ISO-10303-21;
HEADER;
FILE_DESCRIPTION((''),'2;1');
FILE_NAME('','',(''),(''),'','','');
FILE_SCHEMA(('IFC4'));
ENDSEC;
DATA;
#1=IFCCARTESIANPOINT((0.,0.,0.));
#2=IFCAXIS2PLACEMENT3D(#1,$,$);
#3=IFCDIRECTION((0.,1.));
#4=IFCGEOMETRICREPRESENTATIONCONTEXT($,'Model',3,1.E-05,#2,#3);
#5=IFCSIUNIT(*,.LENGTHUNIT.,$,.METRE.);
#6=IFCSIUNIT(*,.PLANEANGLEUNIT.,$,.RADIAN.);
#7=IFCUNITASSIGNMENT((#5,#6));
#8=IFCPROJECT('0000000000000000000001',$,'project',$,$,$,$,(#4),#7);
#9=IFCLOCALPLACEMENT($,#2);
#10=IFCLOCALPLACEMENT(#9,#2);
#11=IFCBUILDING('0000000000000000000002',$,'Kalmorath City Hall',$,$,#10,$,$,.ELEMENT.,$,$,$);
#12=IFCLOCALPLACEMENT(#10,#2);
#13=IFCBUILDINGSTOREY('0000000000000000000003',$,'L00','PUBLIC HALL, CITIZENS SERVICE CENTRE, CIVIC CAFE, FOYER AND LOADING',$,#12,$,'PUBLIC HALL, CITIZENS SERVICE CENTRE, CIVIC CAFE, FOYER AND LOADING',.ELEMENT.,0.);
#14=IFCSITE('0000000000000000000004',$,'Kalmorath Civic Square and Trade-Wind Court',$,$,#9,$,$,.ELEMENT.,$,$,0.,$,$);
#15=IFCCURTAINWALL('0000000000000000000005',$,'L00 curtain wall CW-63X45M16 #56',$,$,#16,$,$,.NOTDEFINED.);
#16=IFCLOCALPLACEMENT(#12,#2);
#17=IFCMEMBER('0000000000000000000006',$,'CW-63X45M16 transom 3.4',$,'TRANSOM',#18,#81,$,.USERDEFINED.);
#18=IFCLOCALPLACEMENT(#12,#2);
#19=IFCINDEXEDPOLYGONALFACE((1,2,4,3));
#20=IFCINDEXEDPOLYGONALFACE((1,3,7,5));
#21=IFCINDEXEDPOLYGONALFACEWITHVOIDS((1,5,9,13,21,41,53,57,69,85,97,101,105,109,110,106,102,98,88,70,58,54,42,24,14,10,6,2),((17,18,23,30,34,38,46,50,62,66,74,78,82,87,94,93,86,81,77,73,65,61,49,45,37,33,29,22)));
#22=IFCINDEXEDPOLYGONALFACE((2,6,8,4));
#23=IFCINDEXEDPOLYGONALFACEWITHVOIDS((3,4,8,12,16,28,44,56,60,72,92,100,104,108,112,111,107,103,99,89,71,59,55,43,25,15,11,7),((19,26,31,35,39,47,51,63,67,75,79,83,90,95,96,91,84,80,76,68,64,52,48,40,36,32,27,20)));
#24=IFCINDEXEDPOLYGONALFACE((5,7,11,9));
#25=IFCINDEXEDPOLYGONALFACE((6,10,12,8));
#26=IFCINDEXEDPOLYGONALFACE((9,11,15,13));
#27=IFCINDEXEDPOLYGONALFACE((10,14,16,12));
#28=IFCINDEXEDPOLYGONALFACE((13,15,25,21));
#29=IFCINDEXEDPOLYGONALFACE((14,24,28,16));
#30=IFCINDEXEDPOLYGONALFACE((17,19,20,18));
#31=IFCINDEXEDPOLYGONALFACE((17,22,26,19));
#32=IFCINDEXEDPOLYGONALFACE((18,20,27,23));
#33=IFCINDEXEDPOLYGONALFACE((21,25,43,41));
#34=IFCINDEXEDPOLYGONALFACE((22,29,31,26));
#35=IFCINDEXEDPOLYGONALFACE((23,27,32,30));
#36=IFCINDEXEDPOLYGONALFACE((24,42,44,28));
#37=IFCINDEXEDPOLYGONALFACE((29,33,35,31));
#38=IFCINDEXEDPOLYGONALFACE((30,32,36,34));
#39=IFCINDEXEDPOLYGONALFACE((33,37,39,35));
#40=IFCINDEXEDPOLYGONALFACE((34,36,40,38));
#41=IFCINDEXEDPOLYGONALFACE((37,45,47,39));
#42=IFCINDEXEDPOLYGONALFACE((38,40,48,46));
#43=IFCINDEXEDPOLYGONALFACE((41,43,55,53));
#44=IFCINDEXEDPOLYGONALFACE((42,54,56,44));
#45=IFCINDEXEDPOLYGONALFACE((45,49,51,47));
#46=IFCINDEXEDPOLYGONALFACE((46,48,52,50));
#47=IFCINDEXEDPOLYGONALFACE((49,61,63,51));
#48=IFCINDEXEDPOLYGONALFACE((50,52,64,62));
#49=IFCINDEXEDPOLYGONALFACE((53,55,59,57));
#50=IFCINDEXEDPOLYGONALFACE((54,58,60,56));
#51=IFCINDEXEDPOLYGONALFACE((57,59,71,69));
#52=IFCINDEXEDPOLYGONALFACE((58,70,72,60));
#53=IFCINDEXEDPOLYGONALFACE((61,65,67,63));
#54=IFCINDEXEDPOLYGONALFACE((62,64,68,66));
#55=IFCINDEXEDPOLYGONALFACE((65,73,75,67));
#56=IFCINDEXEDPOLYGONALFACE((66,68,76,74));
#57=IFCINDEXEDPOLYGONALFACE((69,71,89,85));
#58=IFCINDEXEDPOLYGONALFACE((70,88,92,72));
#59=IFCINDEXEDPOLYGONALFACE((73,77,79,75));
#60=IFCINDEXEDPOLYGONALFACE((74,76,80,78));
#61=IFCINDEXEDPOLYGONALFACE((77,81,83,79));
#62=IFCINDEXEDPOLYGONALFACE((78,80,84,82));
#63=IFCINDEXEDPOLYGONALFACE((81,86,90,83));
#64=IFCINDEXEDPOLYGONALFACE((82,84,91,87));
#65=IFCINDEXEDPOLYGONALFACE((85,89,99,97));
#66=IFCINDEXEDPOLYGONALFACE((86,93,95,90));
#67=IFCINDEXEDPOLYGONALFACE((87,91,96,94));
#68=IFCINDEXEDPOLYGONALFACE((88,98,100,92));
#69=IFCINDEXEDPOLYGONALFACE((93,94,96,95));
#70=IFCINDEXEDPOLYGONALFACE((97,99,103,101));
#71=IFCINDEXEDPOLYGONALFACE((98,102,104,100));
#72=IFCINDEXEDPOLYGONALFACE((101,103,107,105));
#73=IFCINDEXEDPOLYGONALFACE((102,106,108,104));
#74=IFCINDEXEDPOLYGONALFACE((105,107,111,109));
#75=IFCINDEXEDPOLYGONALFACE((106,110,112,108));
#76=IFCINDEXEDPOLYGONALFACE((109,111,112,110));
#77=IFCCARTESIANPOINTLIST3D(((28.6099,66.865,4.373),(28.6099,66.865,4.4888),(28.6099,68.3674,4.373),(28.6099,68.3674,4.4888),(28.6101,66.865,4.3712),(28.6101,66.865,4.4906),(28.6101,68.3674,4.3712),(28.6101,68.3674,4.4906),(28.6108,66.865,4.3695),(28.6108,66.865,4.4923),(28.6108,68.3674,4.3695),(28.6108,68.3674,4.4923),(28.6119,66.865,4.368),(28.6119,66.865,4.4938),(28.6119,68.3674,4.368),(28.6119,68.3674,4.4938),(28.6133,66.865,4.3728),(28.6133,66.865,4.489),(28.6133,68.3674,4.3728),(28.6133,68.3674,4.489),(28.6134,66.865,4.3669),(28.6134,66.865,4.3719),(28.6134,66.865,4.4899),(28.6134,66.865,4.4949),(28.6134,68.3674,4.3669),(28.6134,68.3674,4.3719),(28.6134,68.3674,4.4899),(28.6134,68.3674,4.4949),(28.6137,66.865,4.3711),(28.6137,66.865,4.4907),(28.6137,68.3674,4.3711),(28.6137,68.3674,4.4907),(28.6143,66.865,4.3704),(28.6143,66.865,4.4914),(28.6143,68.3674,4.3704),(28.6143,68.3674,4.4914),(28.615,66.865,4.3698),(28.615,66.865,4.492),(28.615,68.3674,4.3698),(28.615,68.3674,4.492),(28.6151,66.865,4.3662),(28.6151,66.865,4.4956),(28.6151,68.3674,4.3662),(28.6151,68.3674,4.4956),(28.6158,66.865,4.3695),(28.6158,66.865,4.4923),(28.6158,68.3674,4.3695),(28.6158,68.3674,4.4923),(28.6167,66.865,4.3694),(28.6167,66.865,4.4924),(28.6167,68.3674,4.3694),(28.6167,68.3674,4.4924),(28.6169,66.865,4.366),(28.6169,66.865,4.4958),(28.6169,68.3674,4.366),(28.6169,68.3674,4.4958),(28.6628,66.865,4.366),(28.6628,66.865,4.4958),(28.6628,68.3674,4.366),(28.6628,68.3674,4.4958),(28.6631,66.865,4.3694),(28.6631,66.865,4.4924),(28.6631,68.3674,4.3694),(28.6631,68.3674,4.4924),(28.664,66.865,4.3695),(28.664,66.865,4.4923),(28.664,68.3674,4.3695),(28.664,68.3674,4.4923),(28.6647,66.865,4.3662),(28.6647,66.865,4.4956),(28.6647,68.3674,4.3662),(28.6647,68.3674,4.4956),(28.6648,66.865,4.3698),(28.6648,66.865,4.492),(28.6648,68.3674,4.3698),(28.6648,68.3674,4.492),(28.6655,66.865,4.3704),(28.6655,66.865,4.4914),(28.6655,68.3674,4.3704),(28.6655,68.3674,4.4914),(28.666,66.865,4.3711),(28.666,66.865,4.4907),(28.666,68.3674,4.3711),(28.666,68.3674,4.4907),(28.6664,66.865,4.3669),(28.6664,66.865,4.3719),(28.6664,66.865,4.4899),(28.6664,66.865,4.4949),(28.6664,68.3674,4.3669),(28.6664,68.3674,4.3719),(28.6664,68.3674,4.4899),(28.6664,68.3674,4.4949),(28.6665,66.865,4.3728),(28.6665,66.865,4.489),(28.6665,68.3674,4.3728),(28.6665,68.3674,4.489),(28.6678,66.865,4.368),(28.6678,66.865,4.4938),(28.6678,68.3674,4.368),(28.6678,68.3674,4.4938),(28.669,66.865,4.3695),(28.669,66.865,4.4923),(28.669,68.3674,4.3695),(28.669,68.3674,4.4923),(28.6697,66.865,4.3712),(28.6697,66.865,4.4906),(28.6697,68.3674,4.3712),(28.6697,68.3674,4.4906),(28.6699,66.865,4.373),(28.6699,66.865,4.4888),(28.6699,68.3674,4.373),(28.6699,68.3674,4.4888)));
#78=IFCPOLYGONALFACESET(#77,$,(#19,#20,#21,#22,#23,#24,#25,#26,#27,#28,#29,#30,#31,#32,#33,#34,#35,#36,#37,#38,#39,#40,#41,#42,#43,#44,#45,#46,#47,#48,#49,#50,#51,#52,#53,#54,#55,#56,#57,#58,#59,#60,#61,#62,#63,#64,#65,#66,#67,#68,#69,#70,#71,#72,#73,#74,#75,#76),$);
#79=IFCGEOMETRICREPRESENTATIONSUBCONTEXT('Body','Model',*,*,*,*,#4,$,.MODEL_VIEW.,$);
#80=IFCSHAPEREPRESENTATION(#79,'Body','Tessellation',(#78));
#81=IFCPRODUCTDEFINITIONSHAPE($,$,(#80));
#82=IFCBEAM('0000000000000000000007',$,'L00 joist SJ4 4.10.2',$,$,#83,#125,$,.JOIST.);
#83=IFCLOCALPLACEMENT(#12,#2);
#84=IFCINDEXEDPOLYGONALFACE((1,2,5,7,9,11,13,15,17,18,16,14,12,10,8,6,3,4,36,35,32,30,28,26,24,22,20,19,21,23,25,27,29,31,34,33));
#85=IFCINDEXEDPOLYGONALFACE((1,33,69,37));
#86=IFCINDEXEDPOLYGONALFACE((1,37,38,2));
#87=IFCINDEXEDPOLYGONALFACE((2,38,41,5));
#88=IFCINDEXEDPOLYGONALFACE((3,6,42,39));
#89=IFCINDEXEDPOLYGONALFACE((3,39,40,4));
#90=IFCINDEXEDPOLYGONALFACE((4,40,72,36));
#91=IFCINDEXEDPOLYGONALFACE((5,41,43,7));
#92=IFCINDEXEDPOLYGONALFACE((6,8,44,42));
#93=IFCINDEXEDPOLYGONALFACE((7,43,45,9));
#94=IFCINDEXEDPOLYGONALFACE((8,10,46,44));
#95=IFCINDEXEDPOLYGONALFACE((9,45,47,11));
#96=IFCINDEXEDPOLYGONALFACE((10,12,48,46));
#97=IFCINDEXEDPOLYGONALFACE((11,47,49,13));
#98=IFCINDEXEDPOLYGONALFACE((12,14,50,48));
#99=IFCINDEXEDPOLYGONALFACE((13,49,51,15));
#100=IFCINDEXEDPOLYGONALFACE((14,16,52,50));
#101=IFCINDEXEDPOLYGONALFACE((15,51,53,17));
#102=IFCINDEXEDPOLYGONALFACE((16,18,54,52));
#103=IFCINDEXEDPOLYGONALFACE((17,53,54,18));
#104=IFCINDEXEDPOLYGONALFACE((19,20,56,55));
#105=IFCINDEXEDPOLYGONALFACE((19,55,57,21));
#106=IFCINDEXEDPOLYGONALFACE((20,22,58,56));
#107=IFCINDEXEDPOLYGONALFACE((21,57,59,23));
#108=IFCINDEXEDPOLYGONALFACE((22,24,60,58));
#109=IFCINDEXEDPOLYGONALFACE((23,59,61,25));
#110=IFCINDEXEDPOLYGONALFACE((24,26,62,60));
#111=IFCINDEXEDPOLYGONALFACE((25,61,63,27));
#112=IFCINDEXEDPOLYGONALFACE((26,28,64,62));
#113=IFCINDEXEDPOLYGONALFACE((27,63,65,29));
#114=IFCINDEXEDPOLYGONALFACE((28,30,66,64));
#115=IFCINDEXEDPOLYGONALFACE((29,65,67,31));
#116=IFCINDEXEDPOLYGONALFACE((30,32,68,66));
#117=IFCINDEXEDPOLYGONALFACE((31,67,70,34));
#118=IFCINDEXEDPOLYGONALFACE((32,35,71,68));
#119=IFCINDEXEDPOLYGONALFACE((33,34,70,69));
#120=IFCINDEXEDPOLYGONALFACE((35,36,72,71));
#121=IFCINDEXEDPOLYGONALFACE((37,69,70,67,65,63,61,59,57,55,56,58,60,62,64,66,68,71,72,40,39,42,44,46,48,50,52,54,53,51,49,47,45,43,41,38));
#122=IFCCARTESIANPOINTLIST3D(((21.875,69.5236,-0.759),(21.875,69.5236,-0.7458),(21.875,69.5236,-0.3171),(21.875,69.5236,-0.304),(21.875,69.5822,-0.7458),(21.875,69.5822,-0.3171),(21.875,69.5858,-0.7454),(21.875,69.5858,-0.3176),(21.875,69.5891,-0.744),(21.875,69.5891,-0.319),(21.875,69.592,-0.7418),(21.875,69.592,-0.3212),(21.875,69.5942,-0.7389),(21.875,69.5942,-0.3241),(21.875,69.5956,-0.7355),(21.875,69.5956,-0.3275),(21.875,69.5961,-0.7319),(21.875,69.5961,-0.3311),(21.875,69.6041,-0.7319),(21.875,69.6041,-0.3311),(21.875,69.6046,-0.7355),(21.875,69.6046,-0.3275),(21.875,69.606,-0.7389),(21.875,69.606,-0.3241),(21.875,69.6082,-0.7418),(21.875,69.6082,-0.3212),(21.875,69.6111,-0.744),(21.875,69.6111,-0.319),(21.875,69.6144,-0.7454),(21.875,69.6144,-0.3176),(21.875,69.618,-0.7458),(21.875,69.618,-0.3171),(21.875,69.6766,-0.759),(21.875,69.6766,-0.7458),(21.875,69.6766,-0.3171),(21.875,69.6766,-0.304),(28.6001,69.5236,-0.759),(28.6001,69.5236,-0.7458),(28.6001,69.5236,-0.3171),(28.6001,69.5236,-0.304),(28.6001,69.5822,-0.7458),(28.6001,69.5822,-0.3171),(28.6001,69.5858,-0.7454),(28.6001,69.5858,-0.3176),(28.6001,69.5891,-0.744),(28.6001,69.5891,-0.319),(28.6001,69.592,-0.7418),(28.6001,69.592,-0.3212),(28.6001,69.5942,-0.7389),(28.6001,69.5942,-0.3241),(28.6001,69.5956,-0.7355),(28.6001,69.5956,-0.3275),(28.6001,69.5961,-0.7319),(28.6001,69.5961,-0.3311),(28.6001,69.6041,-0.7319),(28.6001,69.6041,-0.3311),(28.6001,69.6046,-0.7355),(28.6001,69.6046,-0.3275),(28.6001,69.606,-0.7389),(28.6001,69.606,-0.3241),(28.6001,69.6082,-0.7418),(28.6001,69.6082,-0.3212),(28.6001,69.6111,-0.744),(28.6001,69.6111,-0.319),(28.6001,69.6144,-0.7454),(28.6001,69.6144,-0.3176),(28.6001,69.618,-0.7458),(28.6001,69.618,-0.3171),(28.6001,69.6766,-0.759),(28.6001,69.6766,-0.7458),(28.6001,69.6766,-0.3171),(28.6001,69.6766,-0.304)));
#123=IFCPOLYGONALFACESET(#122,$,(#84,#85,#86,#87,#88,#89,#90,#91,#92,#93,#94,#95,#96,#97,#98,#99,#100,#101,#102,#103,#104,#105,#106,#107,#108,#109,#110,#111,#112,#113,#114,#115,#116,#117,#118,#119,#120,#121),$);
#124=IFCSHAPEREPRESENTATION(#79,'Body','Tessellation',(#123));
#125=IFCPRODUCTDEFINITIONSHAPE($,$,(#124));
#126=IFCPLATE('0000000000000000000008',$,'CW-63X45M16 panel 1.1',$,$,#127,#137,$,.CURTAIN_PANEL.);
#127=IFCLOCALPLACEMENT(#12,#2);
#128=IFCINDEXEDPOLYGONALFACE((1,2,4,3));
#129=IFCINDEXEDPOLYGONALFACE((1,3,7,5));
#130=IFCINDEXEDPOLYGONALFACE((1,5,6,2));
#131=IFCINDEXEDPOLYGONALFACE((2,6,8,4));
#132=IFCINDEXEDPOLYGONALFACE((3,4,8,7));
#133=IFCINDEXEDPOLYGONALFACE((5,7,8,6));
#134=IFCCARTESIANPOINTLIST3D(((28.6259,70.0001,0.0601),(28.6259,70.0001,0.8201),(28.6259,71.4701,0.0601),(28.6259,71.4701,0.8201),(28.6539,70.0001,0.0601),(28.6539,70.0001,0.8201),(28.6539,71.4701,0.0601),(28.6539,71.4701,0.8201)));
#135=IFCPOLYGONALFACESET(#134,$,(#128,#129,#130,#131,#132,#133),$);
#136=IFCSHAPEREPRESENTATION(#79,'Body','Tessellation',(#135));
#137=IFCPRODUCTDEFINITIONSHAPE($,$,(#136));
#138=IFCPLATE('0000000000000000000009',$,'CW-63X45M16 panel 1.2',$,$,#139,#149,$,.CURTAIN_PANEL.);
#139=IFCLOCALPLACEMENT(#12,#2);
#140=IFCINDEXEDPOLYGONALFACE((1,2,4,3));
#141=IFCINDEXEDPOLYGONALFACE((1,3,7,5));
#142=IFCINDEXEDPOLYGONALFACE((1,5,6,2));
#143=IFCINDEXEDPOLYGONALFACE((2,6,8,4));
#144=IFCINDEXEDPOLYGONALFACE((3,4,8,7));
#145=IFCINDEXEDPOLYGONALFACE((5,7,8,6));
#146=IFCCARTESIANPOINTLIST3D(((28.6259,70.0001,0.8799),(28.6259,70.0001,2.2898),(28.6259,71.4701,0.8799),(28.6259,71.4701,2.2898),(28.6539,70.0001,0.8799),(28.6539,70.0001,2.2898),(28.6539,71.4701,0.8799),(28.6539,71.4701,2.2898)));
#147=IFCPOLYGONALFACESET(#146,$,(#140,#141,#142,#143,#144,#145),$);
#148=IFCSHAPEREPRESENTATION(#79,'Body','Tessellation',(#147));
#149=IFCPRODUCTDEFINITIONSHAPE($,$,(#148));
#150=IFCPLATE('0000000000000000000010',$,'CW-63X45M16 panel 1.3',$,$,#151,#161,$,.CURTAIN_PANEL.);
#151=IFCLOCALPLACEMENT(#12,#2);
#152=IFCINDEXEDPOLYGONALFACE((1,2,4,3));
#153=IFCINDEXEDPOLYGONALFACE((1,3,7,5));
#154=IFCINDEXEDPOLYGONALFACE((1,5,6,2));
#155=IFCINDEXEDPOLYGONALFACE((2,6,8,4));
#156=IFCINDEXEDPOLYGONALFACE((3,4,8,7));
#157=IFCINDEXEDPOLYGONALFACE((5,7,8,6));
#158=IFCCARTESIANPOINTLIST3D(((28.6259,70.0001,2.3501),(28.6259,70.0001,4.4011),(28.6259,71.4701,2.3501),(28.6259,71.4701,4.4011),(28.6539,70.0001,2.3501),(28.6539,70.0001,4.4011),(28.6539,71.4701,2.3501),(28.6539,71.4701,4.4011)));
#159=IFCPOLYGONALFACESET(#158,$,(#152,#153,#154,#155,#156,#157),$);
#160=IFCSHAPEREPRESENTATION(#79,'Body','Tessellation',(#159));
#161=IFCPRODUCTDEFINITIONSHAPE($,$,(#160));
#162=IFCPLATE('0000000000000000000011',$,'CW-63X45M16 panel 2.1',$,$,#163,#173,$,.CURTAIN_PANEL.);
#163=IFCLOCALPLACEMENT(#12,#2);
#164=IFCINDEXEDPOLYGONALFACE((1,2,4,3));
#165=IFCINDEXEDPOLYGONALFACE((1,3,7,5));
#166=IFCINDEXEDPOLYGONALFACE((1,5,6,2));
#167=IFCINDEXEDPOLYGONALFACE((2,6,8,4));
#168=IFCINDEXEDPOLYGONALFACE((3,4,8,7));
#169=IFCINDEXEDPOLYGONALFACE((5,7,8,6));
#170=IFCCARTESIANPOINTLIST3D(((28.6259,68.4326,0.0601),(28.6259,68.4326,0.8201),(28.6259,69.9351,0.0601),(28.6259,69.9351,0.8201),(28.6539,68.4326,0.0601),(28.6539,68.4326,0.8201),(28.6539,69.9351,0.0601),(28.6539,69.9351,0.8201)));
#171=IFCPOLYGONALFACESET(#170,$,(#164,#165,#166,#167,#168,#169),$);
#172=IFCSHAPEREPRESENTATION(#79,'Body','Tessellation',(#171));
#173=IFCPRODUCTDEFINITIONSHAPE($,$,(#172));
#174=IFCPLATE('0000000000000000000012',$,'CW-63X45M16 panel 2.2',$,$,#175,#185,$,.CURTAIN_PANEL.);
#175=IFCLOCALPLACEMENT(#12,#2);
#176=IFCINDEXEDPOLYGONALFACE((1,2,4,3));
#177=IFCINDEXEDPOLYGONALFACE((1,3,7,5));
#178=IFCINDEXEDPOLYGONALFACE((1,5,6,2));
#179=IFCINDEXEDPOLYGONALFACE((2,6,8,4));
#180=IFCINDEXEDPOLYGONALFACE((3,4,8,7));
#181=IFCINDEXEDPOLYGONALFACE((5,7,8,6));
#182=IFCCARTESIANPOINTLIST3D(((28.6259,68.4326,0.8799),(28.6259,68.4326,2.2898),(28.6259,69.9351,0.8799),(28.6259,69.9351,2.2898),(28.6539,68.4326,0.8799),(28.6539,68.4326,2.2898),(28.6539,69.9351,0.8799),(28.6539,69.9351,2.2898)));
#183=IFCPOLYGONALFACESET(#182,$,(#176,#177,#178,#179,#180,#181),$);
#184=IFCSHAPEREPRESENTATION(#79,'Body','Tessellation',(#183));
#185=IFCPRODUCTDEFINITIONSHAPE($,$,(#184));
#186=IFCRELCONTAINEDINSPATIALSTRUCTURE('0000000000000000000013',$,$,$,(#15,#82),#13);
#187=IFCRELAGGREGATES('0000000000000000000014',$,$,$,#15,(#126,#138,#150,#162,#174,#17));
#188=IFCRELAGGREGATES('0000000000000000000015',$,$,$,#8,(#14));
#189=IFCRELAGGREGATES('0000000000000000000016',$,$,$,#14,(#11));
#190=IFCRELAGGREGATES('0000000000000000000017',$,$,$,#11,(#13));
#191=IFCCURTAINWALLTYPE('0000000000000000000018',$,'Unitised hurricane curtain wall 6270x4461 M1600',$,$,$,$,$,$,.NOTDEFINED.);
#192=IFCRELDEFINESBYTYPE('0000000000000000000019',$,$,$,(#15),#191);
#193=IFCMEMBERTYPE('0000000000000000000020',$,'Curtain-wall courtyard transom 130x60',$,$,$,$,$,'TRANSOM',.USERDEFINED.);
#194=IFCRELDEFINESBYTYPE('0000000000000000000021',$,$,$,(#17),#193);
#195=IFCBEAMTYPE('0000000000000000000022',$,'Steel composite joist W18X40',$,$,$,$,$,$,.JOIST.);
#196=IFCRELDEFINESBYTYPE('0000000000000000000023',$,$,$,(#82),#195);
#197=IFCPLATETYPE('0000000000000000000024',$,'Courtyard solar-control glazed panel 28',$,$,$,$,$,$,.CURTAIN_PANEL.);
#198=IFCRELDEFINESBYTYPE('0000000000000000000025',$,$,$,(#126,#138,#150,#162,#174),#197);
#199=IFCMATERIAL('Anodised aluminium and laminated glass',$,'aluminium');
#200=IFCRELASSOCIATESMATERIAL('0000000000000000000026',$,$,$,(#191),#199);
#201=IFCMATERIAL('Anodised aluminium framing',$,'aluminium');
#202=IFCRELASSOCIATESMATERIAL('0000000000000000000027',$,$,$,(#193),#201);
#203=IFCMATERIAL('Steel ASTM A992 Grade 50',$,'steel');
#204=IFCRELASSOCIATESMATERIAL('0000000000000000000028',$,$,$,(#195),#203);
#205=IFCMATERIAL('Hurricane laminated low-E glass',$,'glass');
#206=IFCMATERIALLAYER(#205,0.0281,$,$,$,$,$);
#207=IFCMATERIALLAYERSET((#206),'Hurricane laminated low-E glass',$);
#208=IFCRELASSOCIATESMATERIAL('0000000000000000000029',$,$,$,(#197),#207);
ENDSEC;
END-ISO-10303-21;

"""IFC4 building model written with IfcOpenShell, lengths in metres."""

from ifc_helpers import new_model, si_unit, direction, frame, origin, origin_2d, place, context, subcontext, project, spatial, rectangle, hollow_rectangle, i_section, extrude, material, layer, layer_set, material_profile, profile_set, type_object, element, aggregate, save


model = new_model("IFC4")

# Units and contexts
model_context = context("Model", 3, precision=1e-05, world=origin(), true_north=direction((0.0, 1.0)))
body_context = subcontext(model_context, "Body", "Model", "MODEL_VIEW")
ifc_project = project(units=[si_unit("LENGTHUNIT", "METRE"), si_unit("PLANEANGLEUNIT", "RADIAN")], contexts=[model_context])

# Site, building, storey
site_placement = place(None, origin())
site = spatial("IfcSite", under=ifc_project, at=site_placement, Name="Kalmorath Civic Square and Trade-Wind Court", CompositionType="ELEMENT", RefElevation=0.0)
building_placement = place(site_placement, origin())
building = spatial("IfcBuilding", under=site, at=building_placement, Name="Kalmorath City Hall", CompositionType="ELEMENT")
storey_placement = place(building_placement, origin())
storey = spatial("IfcBuildingStorey", under=building, at=storey_placement, Name="L00", Description="PUBLIC HALL, CITIZENS SERVICE CENTRE, CIVIC CAFE, FOYER AND LOADING", LongName="PUBLIC HALL, CITIZENS SERVICE CENTRE, CIVIC CAFE, FOYER AND LOADING", CompositionType="ELEMENT", Elevation=0.0)

# Curtain wall, member
ifc_material_1 = material(Name="Anodised aluminium and laminated glass", Category="aluminium")
curtain_wall_type = type_object("IfcCurtainWallType", Name="Unitised hurricane curtain wall 6270x4461 M1600", PredefinedType="NOTDEFINED", material=ifc_material_1)
curtain_wall_placement = place(storey_placement, origin())
curtain_wall = element("IfcCurtainWall", 1, at=curtain_wall_placement, inside=storey, type_object=curtain_wall_type, Name="L00 curtain wall CW-63X45M16 #56", PredefinedType="NOTDEFINED")
ifc_material_2 = material(Name="Anodised aluminium framing", Category="aluminium")
ifc_material_profile_1 = material_profile(ifc_material_2, hollow_rectangle(XDim=0.0601, YDim=0.1299, WallThickness=0.0034, InnerFilletRadius=0.0034, OuterFilletRadius=0.0071, at=origin_2d()), Name="ALU-TRN-130X60X3.5")
ifc_profile_set_1 = profile_set([ifc_material_profile_1], Name="Anodised aluminium framing")
member_type_1 = type_object("IfcMemberType", Name="Curtain-wall courtyard transom 130x60", ElementType="TRANSOM", PredefinedType="USERDEFINED", material=ifc_profile_set_1)
member_1_placement = place(storey_placement, frame((28.6399, 68.3674, 4.4309), z_axis=(0.0, -1.0, 0.0), x_axis=(1.0, 0.0, 0.0)))
member_1 = element("IfcMember", 2, at=member_1_placement, type_object=member_type_1, Name="CW-63X45M16 transom 3.4", ObjectType="TRANSOM", PredefinedType="USERDEFINED", context=body_context, shape_type="SweptSolid", body=[
    extrude(hollow_rectangle(XDim=0.0601, YDim=0.1299, WallThickness=0.0034, InnerFilletRadius=0.0034, OuterFilletRadius=0.0071, at=origin_2d()), origin(), (0.0, 0.0, 1.0), 1.5024),
])

# Beam
ifc_material_3 = material(Name="Steel ASTM A992 Grade 50", Category="steel")
ifc_material_profile_2 = material_profile(ifc_material_3, i_section(OverallWidth=0.1531, OverallDepth=0.4551, WebThickness=0.0081, FlangeThickness=0.0132, FilletRadius=0.0139, at=origin_2d()), Name="W18X40")
ifc_profile_set_2 = profile_set([ifc_material_profile_2], Name="Steel ASTM A992 Grade 50")
beam_type_1 = type_object("IfcBeamType", Name="Steel composite joist W18X40", PredefinedType="JOIST", material=ifc_profile_set_2)
beam_1_placement = place(storey_placement, frame((21.875, 69.6001, -0.5315), z_axis=(1.0, 0.0, 0.0), x_axis=(0.0, 1.0, 0.0)))
element("IfcBeam", 3, at=beam_1_placement, inside=storey, type_object=beam_type_1, Name="L00 joist SJ4 4.10.2", PredefinedType="JOIST", context=body_context, shape_type="SweptSolid", body=[
    extrude(i_section(OverallWidth=0.1531, OverallDepth=0.4551, WebThickness=0.0081, FlangeThickness=0.0132, FilletRadius=0.0139, at=origin_2d()), origin(), (0.0, 0.0, 1.0), 6.7251),
])

# Plates
ifc_material_4 = material(Name="Hurricane laminated low-E glass", Category="glass")
ifc_layer = layer(ifc_material_4, 0.0281)
ifc_layer_set = layer_set([ifc_layer], Name="Hurricane laminated low-E glass")
plate_type = type_object("IfcPlateType", Name="Courtyard solar-control glazed panel 28", PredefinedType="CURTAIN_PANEL", material=ifc_layer_set)
plate_1_placement = place(storey_placement, frame((28.6399, 70.7351, 0.0601), z_axis=(0.0, 0.0, 1.0), x_axis=(0.0, -1.0, 0.0)))
plate_1 = element("IfcPlate", 4, at=plate_1_placement, type_object=plate_type, Name="CW-63X45M16 panel 1.1", PredefinedType="CURTAIN_PANEL", context=body_context, shape_type="SweptSolid", body=[
    extrude(rectangle(XDim=1.47, YDim=0.0281, at=origin_2d()), origin(), (0.0, 0.0, 1.0), 0.76),
])
plate_2_placement = place(storey_placement, frame((28.6399, 70.7351, 0.8799), z_axis=(0.0, 0.0, 1.0), x_axis=(0.0, -1.0, 0.0)))
plate_2 = element("IfcPlate", 5, at=plate_2_placement, type_object=plate_type, Name="CW-63X45M16 panel 1.2", PredefinedType="CURTAIN_PANEL", context=body_context, shape_type="SweptSolid", body=[
    extrude(rectangle(XDim=1.47, YDim=0.0281, at=origin_2d()), origin(), (0.0, 0.0, 1.0), 1.4099),
])
plate_3_placement = place(storey_placement, frame((28.6399, 70.7351, 2.3501), z_axis=(0.0, 0.0, 1.0), x_axis=(0.0, -1.0, 0.0)))
plate_3 = element("IfcPlate", 6, at=plate_3_placement, type_object=plate_type, Name="CW-63X45M16 panel 1.3", PredefinedType="CURTAIN_PANEL", context=body_context, shape_type="SweptSolid", body=[
    extrude(rectangle(XDim=1.47, YDim=0.0281, at=origin_2d()), origin(), (0.0, 0.0, 1.0), 2.051),
])
plate_4_placement = place(storey_placement, frame((28.6399, 69.1838, 0.0601), z_axis=(0.0, 0.0, 1.0), x_axis=(0.0, -1.0, 0.0)))
plate_4 = element("IfcPlate", 7, at=plate_4_placement, type_object=plate_type, Name="CW-63X45M16 panel 2.1", PredefinedType="CURTAIN_PANEL", context=body_context, shape_type="SweptSolid", body=[
    extrude(rectangle(XDim=1.5024, YDim=0.0281, at=origin_2d()), origin(), (0.0, 0.0, 1.0), 0.76),
])
plate_5_placement = place(storey_placement, frame((28.6399, 69.1838, 0.8799), z_axis=(0.0, 0.0, 1.0), x_axis=(0.0, -1.0, 0.0)))
plate_5 = element("IfcPlate", 8, at=plate_5_placement, type_object=plate_type, Name="CW-63X45M16 panel 2.2", PredefinedType="CURTAIN_PANEL", context=body_context, shape_type="SweptSolid", body=[
    extrude(rectangle(XDim=1.5024, YDim=0.0281, at=origin_2d()), origin(), (0.0, 0.0, 1.0), 1.4099),
])
aggregate(curtain_wall, [plate_1, plate_2, plate_3, plate_4, plate_5, member_1])

save(model, "model.ifc")
